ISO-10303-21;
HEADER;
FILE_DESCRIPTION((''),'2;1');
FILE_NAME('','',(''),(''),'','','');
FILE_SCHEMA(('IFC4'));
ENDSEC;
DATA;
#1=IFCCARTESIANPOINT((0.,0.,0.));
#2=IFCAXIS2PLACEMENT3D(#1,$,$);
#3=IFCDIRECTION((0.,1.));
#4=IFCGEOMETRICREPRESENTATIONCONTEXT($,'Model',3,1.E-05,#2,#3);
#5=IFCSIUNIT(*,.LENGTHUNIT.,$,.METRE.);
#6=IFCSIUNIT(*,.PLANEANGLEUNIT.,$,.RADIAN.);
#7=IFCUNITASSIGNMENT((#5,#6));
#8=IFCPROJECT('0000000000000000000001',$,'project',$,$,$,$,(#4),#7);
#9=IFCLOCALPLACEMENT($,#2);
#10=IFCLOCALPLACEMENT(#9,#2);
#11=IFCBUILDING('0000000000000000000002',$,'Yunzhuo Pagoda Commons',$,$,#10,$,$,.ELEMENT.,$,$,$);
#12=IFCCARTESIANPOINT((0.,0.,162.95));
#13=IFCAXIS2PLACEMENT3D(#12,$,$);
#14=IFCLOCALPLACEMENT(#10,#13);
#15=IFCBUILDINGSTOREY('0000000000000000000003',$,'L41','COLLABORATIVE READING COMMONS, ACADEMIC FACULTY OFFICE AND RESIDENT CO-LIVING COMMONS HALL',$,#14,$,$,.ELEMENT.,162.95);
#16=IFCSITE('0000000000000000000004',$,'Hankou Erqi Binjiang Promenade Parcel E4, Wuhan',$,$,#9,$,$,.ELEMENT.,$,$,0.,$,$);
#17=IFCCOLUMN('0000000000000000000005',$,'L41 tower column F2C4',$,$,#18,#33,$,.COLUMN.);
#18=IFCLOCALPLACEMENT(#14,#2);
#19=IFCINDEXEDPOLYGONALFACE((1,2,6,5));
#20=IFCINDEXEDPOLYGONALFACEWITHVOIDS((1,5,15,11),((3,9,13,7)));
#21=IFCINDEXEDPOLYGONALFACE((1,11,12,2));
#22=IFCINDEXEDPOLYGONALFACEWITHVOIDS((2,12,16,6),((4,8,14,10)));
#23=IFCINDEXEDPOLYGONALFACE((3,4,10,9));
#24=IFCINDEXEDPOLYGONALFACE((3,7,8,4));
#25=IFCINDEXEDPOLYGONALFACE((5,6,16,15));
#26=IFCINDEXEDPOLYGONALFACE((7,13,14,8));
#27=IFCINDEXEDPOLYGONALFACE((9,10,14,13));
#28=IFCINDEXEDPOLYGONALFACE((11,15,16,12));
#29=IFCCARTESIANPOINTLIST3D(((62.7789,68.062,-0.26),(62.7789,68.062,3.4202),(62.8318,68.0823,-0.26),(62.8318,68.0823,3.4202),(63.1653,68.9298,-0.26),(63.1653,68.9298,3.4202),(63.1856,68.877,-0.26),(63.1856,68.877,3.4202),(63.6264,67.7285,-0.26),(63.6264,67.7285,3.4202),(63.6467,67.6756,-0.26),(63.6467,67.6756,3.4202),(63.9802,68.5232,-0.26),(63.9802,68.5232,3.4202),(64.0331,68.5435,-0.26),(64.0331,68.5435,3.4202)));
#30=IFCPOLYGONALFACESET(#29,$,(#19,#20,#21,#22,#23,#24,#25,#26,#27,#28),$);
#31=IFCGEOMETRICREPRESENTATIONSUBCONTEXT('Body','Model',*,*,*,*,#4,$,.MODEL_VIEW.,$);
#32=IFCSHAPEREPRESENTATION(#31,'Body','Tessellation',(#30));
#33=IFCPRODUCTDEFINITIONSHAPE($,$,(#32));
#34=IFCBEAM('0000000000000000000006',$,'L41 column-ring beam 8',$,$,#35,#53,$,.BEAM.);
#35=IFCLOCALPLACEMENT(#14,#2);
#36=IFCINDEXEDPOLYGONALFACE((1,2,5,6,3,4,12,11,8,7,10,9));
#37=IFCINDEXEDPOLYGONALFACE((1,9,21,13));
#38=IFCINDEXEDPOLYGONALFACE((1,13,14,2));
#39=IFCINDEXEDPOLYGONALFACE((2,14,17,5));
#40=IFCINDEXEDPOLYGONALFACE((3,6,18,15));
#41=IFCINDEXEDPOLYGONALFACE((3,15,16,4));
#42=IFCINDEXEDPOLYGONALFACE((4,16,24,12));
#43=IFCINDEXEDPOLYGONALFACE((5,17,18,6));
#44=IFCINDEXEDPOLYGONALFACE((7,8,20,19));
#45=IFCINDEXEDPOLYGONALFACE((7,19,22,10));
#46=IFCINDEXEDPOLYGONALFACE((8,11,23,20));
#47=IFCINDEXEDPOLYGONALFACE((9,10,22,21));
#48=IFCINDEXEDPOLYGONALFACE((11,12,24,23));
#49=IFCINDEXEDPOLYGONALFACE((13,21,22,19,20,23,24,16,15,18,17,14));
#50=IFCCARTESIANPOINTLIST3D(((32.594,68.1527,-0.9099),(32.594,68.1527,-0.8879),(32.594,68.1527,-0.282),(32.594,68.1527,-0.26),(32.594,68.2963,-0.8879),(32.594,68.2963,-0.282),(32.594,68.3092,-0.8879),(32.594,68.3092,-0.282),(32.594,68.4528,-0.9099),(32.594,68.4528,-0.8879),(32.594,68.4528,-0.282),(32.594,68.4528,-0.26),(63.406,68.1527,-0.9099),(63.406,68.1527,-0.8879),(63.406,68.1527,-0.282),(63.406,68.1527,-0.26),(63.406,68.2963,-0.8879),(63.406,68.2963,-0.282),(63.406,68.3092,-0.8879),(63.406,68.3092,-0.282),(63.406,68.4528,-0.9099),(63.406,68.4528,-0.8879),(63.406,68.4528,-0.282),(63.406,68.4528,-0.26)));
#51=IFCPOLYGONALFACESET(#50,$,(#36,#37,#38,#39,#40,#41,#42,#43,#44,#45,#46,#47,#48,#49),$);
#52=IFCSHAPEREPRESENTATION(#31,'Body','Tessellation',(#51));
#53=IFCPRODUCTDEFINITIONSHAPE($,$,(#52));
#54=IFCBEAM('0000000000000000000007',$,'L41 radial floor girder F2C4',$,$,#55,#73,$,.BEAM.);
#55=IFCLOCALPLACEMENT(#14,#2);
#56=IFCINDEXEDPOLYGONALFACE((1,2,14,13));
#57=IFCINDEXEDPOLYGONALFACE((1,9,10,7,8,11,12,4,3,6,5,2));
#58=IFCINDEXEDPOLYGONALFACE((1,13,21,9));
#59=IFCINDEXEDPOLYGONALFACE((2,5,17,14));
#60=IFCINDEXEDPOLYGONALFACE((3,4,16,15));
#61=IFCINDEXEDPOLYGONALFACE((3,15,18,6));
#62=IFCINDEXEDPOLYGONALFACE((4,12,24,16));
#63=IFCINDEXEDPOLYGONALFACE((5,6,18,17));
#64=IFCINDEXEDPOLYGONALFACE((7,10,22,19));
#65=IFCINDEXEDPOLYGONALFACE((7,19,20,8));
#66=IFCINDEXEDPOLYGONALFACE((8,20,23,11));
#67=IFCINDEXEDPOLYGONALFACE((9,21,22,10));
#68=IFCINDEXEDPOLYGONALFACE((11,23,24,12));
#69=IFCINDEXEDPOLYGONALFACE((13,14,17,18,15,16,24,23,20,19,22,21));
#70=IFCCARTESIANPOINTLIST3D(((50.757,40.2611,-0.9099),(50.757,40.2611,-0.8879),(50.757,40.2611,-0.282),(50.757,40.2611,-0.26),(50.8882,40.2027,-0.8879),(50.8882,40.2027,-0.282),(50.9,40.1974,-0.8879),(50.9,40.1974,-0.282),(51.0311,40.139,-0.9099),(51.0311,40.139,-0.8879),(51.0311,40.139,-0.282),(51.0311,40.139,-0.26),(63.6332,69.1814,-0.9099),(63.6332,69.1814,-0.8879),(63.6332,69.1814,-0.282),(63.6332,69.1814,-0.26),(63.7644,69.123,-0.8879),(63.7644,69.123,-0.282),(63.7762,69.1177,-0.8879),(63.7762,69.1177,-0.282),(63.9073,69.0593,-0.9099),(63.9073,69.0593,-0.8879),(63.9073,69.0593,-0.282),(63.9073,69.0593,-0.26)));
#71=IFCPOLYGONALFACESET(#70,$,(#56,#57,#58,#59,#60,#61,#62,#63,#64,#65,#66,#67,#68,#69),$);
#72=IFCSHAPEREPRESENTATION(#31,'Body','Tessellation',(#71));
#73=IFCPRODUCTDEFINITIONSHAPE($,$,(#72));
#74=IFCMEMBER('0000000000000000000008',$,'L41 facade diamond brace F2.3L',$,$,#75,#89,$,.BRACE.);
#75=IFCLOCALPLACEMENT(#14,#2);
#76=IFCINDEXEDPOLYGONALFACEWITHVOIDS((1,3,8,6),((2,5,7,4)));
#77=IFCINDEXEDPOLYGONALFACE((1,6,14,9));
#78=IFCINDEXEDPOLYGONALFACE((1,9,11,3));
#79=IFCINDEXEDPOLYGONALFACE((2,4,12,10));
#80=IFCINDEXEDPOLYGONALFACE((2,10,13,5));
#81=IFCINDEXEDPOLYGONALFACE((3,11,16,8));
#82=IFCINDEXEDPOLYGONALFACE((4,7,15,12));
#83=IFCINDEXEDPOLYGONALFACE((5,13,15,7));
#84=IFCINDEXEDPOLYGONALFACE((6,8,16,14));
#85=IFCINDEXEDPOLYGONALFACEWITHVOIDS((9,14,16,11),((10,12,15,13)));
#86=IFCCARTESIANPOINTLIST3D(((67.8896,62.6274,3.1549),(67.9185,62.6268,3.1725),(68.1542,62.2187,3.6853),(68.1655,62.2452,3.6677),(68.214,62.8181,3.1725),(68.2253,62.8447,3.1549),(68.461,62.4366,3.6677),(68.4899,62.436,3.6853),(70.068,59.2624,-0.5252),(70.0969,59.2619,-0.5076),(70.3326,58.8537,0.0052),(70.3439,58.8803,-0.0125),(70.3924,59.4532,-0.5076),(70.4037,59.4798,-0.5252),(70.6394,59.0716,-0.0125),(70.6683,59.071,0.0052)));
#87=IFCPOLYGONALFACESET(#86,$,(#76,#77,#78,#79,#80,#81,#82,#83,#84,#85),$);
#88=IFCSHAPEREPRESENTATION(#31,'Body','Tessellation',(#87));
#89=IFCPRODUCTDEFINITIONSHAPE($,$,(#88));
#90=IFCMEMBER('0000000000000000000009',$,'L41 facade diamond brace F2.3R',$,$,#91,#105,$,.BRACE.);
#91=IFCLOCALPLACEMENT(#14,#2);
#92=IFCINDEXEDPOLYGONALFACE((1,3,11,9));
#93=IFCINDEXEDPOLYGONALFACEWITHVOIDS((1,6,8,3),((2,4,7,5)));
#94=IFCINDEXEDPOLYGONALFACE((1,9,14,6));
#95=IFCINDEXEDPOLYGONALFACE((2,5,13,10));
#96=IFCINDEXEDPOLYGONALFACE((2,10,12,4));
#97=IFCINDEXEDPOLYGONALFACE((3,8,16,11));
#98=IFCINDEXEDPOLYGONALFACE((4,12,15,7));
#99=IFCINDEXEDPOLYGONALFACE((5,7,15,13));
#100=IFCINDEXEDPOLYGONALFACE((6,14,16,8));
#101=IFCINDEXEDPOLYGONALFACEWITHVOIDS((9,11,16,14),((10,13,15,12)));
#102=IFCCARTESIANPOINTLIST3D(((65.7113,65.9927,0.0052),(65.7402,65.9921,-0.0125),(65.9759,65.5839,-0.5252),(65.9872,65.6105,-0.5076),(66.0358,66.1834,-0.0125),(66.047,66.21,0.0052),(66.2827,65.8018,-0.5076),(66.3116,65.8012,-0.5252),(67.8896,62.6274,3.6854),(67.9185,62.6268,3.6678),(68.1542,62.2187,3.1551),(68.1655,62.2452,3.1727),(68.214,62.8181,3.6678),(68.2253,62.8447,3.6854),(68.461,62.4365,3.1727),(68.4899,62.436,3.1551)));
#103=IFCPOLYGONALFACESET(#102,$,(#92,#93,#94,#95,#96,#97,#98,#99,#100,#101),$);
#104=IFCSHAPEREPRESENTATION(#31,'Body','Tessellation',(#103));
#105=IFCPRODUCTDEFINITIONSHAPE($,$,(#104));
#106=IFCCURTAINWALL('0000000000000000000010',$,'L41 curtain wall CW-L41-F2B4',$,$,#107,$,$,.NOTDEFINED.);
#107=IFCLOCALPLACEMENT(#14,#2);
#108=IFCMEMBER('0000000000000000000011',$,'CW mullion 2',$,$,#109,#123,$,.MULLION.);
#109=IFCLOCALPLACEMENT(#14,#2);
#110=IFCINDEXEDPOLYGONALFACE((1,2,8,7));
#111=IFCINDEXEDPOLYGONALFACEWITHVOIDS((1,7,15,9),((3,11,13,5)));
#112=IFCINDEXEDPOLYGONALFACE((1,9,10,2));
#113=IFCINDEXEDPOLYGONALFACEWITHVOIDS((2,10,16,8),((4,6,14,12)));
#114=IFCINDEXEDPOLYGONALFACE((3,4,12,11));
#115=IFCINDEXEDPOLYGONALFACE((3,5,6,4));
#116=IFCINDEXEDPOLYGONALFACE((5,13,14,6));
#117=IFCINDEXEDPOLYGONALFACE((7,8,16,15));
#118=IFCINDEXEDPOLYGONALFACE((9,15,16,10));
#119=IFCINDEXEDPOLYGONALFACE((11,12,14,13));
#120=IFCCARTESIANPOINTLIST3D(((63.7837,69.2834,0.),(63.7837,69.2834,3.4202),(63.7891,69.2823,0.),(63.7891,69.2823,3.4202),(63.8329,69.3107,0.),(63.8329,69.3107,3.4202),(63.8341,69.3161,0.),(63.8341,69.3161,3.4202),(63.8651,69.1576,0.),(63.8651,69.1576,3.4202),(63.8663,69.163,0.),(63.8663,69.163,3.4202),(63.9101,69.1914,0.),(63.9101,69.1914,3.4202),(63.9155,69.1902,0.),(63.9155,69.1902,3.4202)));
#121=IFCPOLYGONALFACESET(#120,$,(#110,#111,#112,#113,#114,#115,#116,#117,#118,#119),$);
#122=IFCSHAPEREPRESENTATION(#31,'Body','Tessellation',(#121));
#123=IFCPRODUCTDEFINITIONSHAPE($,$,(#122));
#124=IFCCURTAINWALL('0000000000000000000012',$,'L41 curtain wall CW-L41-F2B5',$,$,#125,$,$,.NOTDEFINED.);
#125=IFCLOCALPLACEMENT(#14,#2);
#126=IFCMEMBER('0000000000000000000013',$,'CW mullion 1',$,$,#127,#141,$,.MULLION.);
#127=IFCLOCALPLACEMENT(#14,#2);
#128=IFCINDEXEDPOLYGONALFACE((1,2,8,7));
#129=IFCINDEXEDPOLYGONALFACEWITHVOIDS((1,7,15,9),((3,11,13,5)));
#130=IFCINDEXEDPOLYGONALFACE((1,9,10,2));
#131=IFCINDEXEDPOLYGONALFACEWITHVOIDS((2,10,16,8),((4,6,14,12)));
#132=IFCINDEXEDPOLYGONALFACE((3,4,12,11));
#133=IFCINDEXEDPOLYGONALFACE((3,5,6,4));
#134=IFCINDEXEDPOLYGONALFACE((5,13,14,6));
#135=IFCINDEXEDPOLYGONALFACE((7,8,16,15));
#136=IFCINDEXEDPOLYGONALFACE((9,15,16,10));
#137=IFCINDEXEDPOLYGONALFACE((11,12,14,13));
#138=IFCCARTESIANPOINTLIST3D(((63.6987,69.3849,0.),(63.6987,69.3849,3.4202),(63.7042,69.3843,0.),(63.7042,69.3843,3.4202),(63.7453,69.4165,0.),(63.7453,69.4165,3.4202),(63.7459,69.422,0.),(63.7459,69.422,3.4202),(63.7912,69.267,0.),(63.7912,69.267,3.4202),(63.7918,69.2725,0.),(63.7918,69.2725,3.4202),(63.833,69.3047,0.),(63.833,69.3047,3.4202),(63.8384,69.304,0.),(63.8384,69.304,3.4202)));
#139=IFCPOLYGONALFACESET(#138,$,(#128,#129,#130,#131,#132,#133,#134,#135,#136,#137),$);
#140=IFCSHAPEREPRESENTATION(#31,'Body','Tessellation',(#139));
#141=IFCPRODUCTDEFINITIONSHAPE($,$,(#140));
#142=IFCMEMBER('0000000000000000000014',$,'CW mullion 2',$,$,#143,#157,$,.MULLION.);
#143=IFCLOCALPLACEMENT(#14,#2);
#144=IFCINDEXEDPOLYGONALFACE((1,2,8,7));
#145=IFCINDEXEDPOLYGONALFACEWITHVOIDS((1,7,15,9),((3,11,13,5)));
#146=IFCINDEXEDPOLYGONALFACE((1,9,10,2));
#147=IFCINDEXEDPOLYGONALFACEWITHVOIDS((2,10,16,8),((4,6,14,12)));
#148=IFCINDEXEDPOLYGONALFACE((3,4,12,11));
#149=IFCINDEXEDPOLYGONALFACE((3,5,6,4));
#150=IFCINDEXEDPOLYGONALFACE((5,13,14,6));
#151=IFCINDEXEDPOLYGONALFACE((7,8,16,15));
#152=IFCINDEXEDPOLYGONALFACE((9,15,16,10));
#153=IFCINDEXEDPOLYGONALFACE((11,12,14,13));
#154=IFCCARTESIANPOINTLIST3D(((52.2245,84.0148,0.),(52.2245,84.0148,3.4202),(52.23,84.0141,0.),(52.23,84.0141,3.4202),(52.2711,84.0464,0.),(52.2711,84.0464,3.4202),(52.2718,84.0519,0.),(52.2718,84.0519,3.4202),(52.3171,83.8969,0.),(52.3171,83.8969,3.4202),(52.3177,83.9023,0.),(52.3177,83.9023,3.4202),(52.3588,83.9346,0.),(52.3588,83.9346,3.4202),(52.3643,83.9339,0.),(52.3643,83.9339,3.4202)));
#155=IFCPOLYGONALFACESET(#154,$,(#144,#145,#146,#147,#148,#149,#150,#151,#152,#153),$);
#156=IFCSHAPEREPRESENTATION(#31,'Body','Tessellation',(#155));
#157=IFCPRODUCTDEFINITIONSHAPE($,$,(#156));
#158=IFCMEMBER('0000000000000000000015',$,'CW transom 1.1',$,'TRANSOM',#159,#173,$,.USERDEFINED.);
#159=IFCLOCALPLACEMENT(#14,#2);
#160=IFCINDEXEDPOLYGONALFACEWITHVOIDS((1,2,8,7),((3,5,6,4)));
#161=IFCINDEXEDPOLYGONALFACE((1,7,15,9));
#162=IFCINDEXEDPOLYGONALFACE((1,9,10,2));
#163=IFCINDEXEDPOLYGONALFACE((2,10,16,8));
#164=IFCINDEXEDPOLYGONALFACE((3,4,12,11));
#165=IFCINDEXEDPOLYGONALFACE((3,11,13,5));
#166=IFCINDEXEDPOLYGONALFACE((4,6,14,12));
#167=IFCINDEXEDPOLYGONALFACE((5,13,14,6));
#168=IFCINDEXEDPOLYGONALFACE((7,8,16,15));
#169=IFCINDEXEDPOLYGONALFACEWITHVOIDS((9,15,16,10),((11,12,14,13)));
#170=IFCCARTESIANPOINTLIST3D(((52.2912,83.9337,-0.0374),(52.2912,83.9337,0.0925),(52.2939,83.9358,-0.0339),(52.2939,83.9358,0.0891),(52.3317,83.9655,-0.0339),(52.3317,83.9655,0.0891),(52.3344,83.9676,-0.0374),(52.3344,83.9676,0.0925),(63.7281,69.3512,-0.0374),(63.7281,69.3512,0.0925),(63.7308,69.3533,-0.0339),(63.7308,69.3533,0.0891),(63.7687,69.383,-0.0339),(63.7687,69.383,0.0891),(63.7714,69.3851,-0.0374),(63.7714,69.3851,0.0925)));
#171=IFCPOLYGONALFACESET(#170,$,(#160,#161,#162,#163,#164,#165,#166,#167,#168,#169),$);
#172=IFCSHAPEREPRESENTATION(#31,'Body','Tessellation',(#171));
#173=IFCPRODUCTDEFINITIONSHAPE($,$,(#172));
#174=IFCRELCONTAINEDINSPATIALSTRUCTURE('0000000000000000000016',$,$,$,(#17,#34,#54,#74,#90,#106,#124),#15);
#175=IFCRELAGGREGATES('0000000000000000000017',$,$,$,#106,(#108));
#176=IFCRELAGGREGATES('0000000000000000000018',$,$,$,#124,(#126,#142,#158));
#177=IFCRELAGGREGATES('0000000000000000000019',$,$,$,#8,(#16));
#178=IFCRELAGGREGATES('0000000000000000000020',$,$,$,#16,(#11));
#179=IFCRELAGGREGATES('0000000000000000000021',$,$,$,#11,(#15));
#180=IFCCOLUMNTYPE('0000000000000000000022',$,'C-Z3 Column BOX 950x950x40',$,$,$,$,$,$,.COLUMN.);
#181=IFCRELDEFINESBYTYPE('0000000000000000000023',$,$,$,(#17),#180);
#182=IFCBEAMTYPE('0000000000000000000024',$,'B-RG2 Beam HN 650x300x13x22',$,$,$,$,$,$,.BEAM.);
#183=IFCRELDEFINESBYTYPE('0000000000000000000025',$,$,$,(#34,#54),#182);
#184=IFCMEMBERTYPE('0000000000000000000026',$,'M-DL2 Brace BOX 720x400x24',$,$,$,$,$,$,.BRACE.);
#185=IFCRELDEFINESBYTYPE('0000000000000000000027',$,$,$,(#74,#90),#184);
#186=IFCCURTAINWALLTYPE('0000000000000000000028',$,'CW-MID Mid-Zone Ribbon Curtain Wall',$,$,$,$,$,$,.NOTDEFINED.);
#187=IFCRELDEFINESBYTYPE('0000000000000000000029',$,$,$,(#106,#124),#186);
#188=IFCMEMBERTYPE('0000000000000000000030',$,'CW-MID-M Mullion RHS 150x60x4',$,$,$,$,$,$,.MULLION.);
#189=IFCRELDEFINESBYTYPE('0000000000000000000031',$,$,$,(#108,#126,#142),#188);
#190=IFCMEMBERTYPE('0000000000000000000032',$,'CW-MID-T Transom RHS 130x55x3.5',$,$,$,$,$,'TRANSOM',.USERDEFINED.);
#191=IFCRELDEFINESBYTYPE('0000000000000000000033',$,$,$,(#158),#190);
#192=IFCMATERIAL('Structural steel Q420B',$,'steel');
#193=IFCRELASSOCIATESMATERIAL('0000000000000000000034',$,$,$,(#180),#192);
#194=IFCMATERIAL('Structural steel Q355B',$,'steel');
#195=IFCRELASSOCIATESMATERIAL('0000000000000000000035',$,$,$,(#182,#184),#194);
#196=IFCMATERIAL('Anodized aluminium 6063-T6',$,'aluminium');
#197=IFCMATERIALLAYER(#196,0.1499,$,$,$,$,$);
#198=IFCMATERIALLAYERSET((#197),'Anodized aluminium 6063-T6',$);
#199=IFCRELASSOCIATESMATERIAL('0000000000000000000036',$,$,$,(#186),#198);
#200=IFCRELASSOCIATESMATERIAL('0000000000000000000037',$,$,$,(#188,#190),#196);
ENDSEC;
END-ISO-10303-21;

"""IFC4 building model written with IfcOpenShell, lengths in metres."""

from ifc_helpers import new_model, si_unit, direction, frame, origin, origin_2d, place, context, subcontext, project, spatial, hollow_rectangle, i_section, extrude, source, transform, mapped, material, layer, layer_set, material_profile, profile_set, type_object, element, aggregate, save


model = new_model("IFC4")

# Units and contexts
model_context = context("Model", 3, precision=1e-05, world=origin(), true_north=direction((0.0, 1.0)))
body_context = subcontext(model_context, "Body", "Model", "MODEL_VIEW")
ifc_project = project(units=[si_unit("LENGTHUNIT", "METRE"), si_unit("PLANEANGLEUNIT", "RADIAN")], contexts=[model_context])

# Site, building, storey
site_placement = place(None, origin())
site = spatial("IfcSite", under=ifc_project, at=site_placement, Name="Hankou Erqi Binjiang Promenade Parcel E4, Wuhan", CompositionType="ELEMENT", RefElevation=0.0)
building_placement = place(site_placement, origin())
building = spatial("IfcBuilding", under=site, at=building_placement, Name="Yunzhuo Pagoda Commons", CompositionType="ELEMENT")
storey_placement = place(building_placement, frame((0.0, 0.0, 162.95)))
storey = spatial("IfcBuildingStorey", under=building, at=storey_placement, Name="L41", Description="COLLABORATIVE READING COMMONS, ACADEMIC FACULTY OFFICE AND RESIDENT CO-LIVING COMMONS HALL", CompositionType="ELEMENT", Elevation=162.95)

# Column
ifc_material_1 = material(Name="Structural steel Q420B", Category="steel")
ifc_material_profile_1 = material_profile(ifc_material_1, hollow_rectangle(XDim=0.95, YDim=0.95, WallThickness=0.04, at=origin_2d()), Name="Structural steel Q420B")
ifc_profile_set_1 = profile_set([ifc_material_profile_1], Name="Structural steel Q420B")
column_type = type_object("IfcColumnType", Name="C-Z3 Column BOX 950x950x40", PredefinedType="COLUMN", material=ifc_profile_set_1)
shared_shape_1 = source(origin(), body_context, "Body", "SweptSolid", [
    extrude(hollow_rectangle(XDim=0.95, YDim=0.95, WallThickness=0.04, at=origin_2d()), origin(), (0.0, 0.0, 1.0), 3.6802),
])
column_placement = place(storey_placement, frame((63.406, 68.3027, -0.26), z_axis=(0.0, 0.0, 1.0), x_axis=(-0.913545, 0.406737, 0.0)))
element("IfcColumn", 1, at=column_placement, inside=storey, type_object=column_type, Name="L41 tower column F2C4", PredefinedType="COLUMN", context=body_context, shape_type="MappedRepresentation", body=[
    mapped(shared_shape_1, transform((0.0, 0.0, 0.0), scale=1.0)),
])

# Beams
ifc_material_2 = material(Name="Structural steel Q355B", Category="steel")
ifc_material_profile_2 = material_profile(ifc_material_2, i_section(OverallWidth=0.3, OverallDepth=0.6499, WebThickness=0.0129, FlangeThickness=0.022, at=origin_2d()), Name="Structural steel Q355B")
ifc_profile_set_2 = profile_set([ifc_material_profile_2], Name="Structural steel Q355B")
beam_type = type_object("IfcBeamType", Name="B-RG2 Beam HN 650x300x13x22", PredefinedType="BEAM", material=ifc_profile_set_2)
shared_shape_2 = source(origin(), body_context, "Body", "SweptSolid", [
    extrude(i_section(OverallWidth=0.3, OverallDepth=0.6499, WebThickness=0.0129, FlangeThickness=0.022, at=origin_2d()), origin(), (0.0, 0.0, 1.0), 30.812),
])
beam_1_placement = place(storey_placement, frame((63.406, 68.3027, -0.585), z_axis=(-1.0, 0.0, 0.0), x_axis=(0.0, -1.0, 0.0)))
element("IfcBeam", 2, at=beam_1_placement, inside=storey, type_object=beam_type, Name="L41 column-ring beam 8", PredefinedType="BEAM", context=body_context, shape_type="MappedRepresentation", body=[
    mapped(shared_shape_2, transform((0.0, 0.0, 0.0), scale=1.0)),
])
shared_shape_3 = source(origin(), body_context, "Body", "SweptSolid", [
    extrude(i_section(OverallWidth=0.3, OverallDepth=0.6499, WebThickness=0.0129, FlangeThickness=0.022, at=origin_2d()), origin(), (0.0, 0.0, 1.0), 31.6572),
])
beam_2_placement = place(storey_placement, frame((63.7703, 69.1204, -0.585), z_axis=(-0.406737, -0.913545, 0.0), x_axis=(0.913545, -0.406737, 0.0)))
element("IfcBeam", 3, at=beam_2_placement, inside=storey, type_object=beam_type, Name="L41 radial floor girder F2C4", PredefinedType="BEAM", context=body_context, shape_type="MappedRepresentation", body=[
    mapped(shared_shape_3, transform((0.0, 0.0, 0.0), scale=1.0)),
])

# Members
ifc_material_profile_3 = material_profile(ifc_material_2, hollow_rectangle(XDim=0.3999, YDim=0.72, WallThickness=0.0239, at=origin_2d()), Name="Structural steel Q355B")
ifc_profile_set_3 = profile_set([ifc_material_profile_3], Name="Structural steel Q355B")
member_type_1 = type_object("IfcMemberType", Name="M-DL2 Brace BOX 720x400x24", PredefinedType="BRACE", material=ifc_profile_set_3)
shared_shape_4 = source(origin(), body_context, "Body", "SweptSolid", [
    extrude(hollow_rectangle(XDim=0.3999, YDim=0.72, WallThickness=0.0239, at=origin_2d()), origin(), (0.0, 0.0, 1.0), 5.4417),
])
member_1_placement = place(storey_placement, frame((70.3682, 59.1667, -0.26), z_axis=(-0.400325, 0.618366, 0.676286), x_axis=(-0.839443, -0.543448, 0.0)))
element("IfcMember", 4, at=member_1_placement, inside=storey, type_object=member_type_1, Name="L41 facade diamond brace F2.3L", PredefinedType="BRACE", context=body_context, shape_type="MappedRepresentation", body=[
    mapped(shared_shape_4, transform((0.0, 0.0, 0.0), scale=1.0)),
])
shared_shape_5 = source(origin(), body_context, "Body", "SweptSolid", [
    extrude(hollow_rectangle(XDim=0.3999, YDim=0.72, WallThickness=0.0239, at=origin_2d()), origin(), (0.0, 0.0, 1.0), 5.4419),
])
member_2_placement = place(storey_placement, frame((66.0115, 65.897, -0.26), z_axis=(0.400276, -0.618405, 0.67628), x_axis=(0.839488, 0.543378, 0.0)))
element("IfcMember", 5, at=member_2_placement, inside=storey, type_object=member_type_1, Name="L41 facade diamond brace F2.3R", PredefinedType="BRACE", context=body_context, shape_type="MappedRepresentation", body=[
    mapped(shared_shape_5, transform((0.0, 0.0, 0.0), scale=1.0)),
])

# Curtain wall, member
ifc_material_3 = material(Name="Anodized aluminium 6063-T6", Category="aluminium")
ifc_layer_1 = layer(ifc_material_3, 0.1499)
ifc_layer_set_1 = layer_set([ifc_layer_1], Name="Anodized aluminium 6063-T6")
curtain_wall_type = type_object("IfcCurtainWallType", Name="CW-MID Mid-Zone Ribbon Curtain Wall", PredefinedType="NOTDEFINED", material=ifc_layer_set_1)
curtain_wall_1_placement = place(storey_placement, origin())
curtain_wall_1 = element("IfcCurtainWall", 6, at=curtain_wall_1_placement, inside=storey, type_object=curtain_wall_type, Name="L41 curtain wall CW-L41-F2B4", PredefinedType="NOTDEFINED")
ifc_material_profile_4 = material_profile(ifc_material_3, hollow_rectangle(XDim=0.0601, YDim=0.1499, WallThickness=0.0039, at=origin_2d()), Name="Anodized aluminium 6063-T6")
ifc_profile_set_4 = profile_set([ifc_material_profile_4], Name="Anodized aluminium 6063-T6")
member_type_2 = type_object("IfcMemberType", Name="CW-MID-M Mullion RHS 150x60x4", PredefinedType="MULLION", material=ifc_profile_set_4)
shared_shape_6 = source(origin(), body_context, "Body", "SweptSolid", [
    extrude(hollow_rectangle(XDim=0.0601, YDim=0.1499, WallThickness=0.0039, at=origin_2d()), origin(), (0.0, 0.0, 1.0), 3.4202),
])
member_3_placement = place(storey_placement, frame((63.8496, 69.2368, 0.0), z_axis=(0.0, 0.0, 1.0), x_axis=(-0.839466, -0.543412, 0.0)))
member_3 = element("IfcMember", 7, at=member_3_placement, type_object=member_type_2, Name="CW mullion 2", PredefinedType="MULLION", context=body_context, shape_type="MappedRepresentation", body=[
    mapped(shared_shape_6, transform((0.0, 0.0, 0.0), scale=1.0)),
])

# Curtain wall, members
curtain_wall_2_placement = place(storey_placement, origin())
curtain_wall_2 = element("IfcCurtainWall", 8, at=curtain_wall_2_placement, inside=storey, type_object=curtain_wall_type, Name="L41 curtain wall CW-L41-F2B5", PredefinedType="NOTDEFINED")
member_4_placement = place(storey_placement, frame((63.7686, 69.3445, 0.0), z_axis=(0.0, 0.0, 1.0), x_axis=(-0.786855, -0.617138, 0.0)))
member_4 = element("IfcMember", 9, at=member_4_placement, type_object=member_type_2, Name="CW mullion 1", PredefinedType="MULLION", context=body_context, shape_type="MappedRepresentation", body=[
    mapped(shared_shape_6, transform((0.0, 0.0, 0.0), scale=1.0)),
])
member_5_placement = place(storey_placement, frame((52.2944, 83.9744, 0.0), z_axis=(0.0, 0.0, 1.0), x_axis=(-0.786855, -0.617138, 0.0)))
member_5 = element("IfcMember", 10, at=member_5_placement, type_object=member_type_2, Name="CW mullion 2", PredefinedType="MULLION", context=body_context, shape_type="MappedRepresentation", body=[
    mapped(shared_shape_6, transform((0.0, 0.0, 0.0), scale=1.0)),
])
ifc_material_profile_5 = material_profile(ifc_material_3, hollow_rectangle(XDim=0.0549, YDim=0.1299, WallThickness=0.0034, at=origin_2d()), Name="Anodized aluminium 6063-T6")
ifc_profile_set_5 = profile_set([ifc_material_profile_5], Name="Anodized aluminium 6063-T6")
member_type_3 = type_object("IfcMemberType", Name="CW-MID-T Transom RHS 130x55x3.5", ElementType="TRANSOM", PredefinedType="USERDEFINED", material=ifc_profile_set_5)
shared_shape_7 = source(origin(), body_context, "Body", "SweptSolid", [
    extrude(hollow_rectangle(XDim=0.0549, YDim=0.1299, WallThickness=0.0034, at=origin_2d()), origin(), (0.0, 0.0, 1.0), 18.5325),
])
member_6_placement = place(storey_placement, frame((63.7498, 69.3682, 0.0276), z_axis=(-0.617131, 0.78686, 0.0), x_axis=(-0.78686, -0.617131, 0.0)))
member_6 = element("IfcMember", 11, at=member_6_placement, type_object=member_type_3, Name="CW transom 1.1", ObjectType="TRANSOM", PredefinedType="USERDEFINED", context=body_context, shape_type="MappedRepresentation", body=[
    mapped(shared_shape_7, transform((0.0, 0.0, 0.0), scale=1.0)),
])

aggregate(curtain_wall_1, [member_3])
aggregate(curtain_wall_2, [member_4, member_5, member_6])

save(model, "model.ifc")
